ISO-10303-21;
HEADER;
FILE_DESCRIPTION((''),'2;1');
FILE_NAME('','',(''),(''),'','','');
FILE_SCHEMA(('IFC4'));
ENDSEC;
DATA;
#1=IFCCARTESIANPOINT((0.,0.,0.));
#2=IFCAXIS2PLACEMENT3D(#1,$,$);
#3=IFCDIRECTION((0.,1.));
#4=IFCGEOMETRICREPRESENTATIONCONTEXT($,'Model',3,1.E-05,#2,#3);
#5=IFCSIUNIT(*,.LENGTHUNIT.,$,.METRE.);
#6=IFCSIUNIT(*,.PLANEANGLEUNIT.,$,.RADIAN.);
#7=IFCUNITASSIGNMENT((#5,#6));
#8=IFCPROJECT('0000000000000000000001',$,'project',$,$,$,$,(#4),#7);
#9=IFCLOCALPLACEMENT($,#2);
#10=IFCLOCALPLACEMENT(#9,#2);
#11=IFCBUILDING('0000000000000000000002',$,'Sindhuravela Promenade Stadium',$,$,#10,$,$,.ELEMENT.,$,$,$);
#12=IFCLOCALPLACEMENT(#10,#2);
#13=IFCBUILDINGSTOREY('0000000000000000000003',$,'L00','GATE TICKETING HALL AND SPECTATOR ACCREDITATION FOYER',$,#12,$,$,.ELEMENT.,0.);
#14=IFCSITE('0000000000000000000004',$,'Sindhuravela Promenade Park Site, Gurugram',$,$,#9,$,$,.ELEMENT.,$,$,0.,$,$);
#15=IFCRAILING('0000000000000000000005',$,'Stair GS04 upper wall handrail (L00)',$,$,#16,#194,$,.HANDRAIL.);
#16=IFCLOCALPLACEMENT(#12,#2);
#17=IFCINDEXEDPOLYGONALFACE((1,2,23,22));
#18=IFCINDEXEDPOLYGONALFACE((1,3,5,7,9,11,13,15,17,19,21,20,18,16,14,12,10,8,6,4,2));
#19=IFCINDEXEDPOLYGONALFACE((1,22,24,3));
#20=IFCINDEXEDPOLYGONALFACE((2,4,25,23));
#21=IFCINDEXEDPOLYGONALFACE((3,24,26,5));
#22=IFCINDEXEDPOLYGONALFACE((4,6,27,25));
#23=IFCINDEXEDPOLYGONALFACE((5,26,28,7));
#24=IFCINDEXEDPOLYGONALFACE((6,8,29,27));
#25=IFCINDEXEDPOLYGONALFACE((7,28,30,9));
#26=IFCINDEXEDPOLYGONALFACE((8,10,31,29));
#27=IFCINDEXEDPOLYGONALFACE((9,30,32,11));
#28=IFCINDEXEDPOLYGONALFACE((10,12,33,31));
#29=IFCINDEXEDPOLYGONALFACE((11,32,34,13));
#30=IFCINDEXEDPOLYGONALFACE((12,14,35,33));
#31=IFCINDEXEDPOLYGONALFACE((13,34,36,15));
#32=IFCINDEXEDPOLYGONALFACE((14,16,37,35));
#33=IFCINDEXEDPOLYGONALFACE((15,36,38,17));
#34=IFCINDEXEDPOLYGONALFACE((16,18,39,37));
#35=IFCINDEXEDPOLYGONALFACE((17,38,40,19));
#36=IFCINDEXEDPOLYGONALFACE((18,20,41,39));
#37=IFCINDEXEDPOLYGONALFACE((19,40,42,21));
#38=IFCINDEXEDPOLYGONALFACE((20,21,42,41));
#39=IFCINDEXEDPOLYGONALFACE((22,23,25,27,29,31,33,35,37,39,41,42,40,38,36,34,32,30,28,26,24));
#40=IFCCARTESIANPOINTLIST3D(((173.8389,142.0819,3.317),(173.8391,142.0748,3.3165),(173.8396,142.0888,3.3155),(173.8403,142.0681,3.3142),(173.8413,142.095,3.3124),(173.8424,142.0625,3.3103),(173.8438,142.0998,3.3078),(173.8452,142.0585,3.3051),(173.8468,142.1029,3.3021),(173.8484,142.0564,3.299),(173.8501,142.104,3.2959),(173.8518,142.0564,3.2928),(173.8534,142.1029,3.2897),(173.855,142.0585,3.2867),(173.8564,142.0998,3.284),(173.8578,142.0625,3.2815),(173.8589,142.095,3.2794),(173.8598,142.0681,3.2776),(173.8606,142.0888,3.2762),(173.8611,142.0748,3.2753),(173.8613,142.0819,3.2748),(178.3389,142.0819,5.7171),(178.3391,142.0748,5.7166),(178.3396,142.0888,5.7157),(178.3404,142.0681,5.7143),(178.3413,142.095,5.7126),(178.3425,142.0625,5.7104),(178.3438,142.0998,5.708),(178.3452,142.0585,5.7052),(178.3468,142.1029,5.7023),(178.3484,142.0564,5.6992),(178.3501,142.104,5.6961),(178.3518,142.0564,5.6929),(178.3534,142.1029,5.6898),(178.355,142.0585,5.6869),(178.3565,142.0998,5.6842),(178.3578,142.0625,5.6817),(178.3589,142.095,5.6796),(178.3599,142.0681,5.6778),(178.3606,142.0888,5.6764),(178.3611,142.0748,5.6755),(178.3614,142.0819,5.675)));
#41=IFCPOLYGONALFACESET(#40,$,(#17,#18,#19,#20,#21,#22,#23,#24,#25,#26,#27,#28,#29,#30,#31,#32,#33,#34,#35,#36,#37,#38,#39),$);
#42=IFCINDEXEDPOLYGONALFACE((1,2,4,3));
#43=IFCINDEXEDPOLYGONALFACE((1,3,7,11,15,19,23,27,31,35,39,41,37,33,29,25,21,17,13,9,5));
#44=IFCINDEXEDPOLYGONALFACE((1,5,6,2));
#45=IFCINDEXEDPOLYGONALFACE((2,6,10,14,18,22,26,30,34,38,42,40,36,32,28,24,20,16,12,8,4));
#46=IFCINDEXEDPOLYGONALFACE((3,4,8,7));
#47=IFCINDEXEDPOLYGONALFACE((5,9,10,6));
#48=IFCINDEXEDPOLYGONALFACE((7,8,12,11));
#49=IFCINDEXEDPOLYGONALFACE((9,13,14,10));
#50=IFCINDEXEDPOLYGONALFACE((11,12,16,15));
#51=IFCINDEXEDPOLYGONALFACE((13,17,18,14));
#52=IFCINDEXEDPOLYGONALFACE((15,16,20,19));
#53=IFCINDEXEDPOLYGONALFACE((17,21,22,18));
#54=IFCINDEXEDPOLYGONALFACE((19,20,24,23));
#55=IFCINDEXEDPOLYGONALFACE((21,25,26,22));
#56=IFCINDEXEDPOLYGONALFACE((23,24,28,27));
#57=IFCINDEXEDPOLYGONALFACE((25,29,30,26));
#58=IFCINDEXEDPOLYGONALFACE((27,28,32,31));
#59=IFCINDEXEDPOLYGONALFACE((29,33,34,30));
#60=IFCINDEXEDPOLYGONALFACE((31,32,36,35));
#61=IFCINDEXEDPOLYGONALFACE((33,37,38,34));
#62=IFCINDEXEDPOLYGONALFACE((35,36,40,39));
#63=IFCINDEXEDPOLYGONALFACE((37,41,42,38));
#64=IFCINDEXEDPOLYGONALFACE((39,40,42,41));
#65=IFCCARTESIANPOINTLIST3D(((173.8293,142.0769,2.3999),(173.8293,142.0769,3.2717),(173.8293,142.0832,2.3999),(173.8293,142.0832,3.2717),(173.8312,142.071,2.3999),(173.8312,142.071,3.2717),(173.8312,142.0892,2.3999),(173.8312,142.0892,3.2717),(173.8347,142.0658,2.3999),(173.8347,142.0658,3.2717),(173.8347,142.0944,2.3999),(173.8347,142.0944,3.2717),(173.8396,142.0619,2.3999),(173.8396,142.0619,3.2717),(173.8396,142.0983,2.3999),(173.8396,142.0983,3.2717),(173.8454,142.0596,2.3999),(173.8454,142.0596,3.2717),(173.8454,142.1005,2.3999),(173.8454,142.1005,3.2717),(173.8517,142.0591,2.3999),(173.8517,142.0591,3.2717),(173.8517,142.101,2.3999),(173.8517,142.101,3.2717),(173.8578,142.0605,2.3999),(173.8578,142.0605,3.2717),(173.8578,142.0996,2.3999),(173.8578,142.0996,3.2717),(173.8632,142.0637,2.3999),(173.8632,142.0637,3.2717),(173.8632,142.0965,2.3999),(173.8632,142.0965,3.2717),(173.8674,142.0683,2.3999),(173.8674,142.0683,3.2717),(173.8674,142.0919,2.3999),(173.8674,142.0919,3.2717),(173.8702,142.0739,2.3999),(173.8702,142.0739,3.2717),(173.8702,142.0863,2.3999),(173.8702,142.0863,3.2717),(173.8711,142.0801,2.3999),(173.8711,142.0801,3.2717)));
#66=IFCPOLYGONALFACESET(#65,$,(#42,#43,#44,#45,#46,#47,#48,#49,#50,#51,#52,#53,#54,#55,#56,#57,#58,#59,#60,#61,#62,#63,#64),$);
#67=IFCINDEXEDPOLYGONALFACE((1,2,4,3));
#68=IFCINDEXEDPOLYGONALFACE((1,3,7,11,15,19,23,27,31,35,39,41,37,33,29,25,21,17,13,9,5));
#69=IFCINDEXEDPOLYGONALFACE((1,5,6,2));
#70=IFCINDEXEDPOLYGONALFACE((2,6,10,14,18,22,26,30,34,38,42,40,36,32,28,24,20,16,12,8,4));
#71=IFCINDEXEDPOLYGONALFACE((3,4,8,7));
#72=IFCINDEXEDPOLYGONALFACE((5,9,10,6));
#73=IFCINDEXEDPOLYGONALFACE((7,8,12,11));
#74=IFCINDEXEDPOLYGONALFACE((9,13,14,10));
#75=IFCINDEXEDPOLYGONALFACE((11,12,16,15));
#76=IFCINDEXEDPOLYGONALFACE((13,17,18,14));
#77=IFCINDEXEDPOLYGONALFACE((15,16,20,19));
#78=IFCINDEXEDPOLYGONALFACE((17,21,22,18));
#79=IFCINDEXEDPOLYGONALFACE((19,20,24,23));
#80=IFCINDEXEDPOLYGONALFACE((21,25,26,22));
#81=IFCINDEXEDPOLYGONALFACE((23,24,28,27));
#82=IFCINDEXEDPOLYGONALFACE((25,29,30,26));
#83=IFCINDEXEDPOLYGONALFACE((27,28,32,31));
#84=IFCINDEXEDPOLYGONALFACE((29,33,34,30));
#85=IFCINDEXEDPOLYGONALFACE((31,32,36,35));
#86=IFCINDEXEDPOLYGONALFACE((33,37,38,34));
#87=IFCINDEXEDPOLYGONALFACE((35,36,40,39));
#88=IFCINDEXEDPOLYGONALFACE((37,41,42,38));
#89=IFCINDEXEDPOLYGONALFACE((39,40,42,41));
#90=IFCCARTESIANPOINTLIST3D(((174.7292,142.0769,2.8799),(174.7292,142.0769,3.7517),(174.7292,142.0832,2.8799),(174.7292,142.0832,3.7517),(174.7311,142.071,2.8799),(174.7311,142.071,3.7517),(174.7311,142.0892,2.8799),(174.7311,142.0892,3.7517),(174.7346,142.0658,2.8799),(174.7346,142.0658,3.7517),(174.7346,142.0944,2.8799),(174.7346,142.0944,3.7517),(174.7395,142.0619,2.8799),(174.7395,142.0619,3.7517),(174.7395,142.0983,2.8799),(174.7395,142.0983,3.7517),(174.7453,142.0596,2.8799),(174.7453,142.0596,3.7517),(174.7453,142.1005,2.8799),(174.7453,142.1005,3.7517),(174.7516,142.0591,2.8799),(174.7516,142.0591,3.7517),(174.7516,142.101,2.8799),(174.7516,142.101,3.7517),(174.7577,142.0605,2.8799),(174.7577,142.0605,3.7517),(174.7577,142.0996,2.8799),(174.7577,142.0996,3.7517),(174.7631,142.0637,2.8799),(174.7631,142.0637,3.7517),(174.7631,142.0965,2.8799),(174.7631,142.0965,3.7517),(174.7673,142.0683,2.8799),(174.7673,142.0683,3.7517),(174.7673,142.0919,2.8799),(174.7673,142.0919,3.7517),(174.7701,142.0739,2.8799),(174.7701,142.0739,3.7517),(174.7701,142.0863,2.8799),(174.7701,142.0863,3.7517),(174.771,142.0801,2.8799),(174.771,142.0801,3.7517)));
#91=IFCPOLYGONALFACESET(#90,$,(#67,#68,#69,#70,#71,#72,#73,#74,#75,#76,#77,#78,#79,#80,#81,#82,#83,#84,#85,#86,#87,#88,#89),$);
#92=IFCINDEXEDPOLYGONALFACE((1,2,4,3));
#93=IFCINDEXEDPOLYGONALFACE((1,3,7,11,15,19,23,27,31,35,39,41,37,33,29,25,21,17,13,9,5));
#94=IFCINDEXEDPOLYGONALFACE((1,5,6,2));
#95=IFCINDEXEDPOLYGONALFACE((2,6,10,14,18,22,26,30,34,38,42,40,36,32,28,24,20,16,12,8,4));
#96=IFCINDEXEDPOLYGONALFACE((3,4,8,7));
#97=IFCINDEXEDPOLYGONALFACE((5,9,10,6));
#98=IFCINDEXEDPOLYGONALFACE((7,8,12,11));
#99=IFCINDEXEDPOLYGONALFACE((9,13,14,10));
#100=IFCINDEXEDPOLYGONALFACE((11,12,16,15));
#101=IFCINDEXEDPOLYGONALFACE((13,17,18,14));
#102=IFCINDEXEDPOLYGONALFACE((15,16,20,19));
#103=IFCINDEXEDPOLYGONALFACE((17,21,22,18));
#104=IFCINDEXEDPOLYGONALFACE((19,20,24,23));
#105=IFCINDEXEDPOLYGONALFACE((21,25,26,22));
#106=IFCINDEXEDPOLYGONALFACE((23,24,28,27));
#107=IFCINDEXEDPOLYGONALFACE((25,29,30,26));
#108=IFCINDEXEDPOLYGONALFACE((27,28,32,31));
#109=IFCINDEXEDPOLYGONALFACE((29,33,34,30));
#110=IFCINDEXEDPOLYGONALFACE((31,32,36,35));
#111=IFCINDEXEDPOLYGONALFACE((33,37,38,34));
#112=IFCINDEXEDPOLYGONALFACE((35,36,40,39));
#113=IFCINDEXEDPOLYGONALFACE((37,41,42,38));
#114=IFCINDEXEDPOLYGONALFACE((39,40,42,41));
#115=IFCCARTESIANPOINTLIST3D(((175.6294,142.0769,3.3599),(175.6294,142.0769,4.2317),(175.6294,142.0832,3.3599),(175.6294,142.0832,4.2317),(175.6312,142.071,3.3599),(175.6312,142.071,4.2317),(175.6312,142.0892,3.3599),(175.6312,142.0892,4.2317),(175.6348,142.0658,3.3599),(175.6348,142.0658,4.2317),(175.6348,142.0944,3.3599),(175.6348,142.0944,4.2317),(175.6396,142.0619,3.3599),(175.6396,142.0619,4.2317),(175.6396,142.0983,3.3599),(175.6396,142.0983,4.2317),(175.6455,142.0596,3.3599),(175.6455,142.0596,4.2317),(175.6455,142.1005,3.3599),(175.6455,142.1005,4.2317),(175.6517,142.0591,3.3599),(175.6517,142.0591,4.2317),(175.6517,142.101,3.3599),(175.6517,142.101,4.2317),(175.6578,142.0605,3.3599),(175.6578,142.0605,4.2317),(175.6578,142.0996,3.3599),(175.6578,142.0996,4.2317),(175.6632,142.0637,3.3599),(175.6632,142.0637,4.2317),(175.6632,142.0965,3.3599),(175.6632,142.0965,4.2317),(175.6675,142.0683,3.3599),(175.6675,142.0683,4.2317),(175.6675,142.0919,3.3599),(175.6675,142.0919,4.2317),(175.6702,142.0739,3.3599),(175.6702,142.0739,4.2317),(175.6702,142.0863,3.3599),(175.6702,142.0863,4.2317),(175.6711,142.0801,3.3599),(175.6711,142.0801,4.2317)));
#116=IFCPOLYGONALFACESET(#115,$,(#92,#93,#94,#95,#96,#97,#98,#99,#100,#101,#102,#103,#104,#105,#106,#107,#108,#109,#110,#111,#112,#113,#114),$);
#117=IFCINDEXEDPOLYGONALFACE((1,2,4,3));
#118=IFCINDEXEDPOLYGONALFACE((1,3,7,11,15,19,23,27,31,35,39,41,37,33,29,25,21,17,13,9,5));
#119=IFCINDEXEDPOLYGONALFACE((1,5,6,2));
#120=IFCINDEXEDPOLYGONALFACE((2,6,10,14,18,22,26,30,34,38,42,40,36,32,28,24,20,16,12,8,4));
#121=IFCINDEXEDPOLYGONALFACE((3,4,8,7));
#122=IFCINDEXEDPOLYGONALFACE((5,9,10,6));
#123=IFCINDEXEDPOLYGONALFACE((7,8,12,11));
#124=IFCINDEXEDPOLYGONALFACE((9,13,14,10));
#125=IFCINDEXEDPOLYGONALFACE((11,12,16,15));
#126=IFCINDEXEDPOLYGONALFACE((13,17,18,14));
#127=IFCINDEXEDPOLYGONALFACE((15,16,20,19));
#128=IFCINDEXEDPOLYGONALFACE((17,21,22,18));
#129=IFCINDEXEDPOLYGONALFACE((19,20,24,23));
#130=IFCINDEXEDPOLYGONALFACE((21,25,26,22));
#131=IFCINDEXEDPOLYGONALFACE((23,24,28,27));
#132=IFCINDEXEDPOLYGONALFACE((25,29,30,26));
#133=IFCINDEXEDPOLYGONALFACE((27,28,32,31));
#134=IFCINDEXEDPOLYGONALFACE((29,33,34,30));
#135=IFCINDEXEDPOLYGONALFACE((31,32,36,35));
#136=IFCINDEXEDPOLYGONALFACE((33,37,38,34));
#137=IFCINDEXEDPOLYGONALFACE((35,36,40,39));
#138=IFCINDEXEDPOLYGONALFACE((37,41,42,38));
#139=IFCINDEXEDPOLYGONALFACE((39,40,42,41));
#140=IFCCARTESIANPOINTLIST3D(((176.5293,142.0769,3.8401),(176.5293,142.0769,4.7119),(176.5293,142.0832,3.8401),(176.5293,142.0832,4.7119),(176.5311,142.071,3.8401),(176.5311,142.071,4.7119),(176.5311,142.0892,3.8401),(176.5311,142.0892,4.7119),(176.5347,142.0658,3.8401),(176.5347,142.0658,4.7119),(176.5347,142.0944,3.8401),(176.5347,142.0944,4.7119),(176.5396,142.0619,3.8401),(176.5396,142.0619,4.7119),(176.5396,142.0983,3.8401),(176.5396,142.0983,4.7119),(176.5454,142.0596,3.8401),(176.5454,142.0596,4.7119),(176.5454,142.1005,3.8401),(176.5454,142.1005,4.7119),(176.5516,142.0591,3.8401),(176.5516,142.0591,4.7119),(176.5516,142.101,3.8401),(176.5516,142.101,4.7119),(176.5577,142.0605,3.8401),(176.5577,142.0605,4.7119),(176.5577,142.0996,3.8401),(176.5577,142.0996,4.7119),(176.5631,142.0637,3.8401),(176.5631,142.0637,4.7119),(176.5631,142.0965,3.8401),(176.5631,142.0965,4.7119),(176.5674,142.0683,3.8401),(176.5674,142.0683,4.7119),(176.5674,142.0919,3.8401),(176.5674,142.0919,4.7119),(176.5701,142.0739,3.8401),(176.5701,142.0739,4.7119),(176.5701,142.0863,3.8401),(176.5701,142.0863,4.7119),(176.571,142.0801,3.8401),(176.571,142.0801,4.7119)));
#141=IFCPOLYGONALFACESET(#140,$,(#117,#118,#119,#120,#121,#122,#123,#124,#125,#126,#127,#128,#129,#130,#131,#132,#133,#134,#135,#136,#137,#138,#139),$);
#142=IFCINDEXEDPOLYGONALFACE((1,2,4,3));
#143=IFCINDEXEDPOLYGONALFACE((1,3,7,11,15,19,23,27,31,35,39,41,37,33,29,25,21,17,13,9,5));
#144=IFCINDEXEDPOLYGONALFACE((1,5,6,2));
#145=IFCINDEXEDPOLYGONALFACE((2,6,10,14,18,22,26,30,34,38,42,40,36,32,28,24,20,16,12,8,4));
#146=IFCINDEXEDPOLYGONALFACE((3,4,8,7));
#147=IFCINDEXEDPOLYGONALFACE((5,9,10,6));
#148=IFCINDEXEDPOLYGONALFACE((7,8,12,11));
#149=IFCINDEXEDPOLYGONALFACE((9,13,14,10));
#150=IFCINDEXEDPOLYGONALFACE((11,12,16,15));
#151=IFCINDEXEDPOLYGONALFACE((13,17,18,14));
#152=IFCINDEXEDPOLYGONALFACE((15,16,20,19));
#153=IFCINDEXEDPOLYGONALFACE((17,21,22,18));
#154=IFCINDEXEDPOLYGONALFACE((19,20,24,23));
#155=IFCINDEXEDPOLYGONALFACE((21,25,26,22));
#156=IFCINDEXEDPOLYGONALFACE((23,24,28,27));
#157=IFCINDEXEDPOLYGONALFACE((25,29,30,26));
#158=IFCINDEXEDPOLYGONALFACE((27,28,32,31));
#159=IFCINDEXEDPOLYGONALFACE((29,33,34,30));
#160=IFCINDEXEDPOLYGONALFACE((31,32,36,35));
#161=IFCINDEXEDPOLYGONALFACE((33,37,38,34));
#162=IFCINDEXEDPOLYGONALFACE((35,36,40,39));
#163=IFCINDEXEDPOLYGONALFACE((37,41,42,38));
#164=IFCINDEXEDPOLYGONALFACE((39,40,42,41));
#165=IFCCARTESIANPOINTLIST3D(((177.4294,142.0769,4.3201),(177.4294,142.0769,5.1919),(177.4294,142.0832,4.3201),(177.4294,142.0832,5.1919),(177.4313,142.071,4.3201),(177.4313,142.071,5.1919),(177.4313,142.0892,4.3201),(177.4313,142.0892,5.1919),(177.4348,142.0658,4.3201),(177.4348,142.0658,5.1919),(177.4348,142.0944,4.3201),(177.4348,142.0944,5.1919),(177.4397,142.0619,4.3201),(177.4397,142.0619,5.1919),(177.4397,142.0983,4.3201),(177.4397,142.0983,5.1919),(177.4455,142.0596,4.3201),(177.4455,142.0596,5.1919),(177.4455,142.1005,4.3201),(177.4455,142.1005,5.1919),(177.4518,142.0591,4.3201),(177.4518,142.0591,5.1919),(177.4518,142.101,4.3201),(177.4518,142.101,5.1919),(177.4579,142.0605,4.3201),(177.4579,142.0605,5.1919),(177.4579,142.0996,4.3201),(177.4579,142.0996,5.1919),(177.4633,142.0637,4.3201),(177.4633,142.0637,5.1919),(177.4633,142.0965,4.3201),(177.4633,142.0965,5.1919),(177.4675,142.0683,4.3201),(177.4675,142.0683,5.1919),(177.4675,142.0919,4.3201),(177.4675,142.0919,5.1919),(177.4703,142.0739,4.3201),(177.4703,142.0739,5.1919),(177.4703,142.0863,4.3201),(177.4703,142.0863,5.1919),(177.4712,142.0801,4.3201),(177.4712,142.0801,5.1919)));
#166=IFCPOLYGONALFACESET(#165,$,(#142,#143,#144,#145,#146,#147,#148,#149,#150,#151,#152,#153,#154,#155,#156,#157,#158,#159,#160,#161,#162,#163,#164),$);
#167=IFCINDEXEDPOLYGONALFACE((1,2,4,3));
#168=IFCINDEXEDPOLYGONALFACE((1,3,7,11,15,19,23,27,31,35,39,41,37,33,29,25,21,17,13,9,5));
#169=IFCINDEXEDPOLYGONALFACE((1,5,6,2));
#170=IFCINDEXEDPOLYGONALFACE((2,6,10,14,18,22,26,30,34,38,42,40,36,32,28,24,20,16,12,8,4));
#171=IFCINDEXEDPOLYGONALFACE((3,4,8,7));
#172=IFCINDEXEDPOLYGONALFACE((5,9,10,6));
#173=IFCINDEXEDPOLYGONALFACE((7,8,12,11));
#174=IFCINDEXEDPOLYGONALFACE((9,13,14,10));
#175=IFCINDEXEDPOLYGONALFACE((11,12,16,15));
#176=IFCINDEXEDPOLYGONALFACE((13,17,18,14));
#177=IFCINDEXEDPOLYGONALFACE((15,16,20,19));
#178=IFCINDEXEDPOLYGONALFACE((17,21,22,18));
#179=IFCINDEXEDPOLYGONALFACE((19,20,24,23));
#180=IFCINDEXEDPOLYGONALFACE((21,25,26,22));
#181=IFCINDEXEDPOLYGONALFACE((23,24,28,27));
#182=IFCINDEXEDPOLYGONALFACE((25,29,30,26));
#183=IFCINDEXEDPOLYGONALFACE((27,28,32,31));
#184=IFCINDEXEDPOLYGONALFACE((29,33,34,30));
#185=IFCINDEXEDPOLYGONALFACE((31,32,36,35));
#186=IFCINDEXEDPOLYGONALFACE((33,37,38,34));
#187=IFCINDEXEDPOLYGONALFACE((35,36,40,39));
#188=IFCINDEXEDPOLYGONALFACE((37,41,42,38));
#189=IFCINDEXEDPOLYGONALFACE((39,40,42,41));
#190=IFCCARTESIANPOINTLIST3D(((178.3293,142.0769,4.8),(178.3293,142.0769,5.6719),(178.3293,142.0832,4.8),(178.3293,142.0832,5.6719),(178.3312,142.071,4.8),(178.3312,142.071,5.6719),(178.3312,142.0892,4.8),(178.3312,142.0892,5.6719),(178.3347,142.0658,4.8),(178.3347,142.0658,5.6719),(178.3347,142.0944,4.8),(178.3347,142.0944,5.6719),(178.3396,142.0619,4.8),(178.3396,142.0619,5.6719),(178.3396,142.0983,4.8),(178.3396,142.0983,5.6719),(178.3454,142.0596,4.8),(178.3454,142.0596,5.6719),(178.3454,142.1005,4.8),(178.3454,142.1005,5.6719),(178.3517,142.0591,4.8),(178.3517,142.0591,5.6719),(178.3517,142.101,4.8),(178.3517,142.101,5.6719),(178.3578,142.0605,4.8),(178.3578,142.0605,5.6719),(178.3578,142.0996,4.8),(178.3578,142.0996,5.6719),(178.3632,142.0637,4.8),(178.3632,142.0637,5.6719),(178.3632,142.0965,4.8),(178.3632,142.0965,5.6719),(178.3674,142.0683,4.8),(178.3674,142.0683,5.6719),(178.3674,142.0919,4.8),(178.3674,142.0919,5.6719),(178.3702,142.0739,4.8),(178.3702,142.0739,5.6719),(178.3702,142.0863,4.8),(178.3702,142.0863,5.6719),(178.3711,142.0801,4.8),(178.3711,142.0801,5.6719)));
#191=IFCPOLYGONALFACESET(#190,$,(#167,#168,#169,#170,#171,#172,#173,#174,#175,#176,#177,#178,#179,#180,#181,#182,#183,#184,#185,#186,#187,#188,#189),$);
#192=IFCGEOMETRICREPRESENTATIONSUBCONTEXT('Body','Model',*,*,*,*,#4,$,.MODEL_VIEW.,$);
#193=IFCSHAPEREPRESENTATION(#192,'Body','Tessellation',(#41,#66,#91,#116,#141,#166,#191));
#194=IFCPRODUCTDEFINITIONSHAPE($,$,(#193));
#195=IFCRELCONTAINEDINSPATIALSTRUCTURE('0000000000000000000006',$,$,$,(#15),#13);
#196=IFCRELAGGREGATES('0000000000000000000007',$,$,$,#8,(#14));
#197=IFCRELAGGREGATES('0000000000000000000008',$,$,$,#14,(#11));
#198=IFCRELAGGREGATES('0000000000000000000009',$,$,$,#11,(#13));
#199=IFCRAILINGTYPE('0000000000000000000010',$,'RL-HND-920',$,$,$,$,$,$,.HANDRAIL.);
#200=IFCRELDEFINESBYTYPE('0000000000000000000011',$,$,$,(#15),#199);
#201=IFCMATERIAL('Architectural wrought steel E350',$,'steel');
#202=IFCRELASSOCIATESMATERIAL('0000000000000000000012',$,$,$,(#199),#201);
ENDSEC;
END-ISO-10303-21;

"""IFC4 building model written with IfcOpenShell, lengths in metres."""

from ifc_helpers import new_model, si_unit, direction, frame, origin, origin_2d, place, context, subcontext, project, spatial, circle, extrude, material, type_object, element, save


model = new_model("IFC4")

# Units and contexts
model_context = context("Model", 3, precision=1e-05, world=origin(), true_north=direction((0.0, 1.0)))
body_context = subcontext(model_context, "Body", "Model", "MODEL_VIEW")
ifc_project = project(units=[si_unit("LENGTHUNIT", "METRE"), si_unit("PLANEANGLEUNIT", "RADIAN")], contexts=[model_context])

# Site, building, storey
site_placement = place(None, origin())
site = spatial("IfcSite", under=ifc_project, at=site_placement, Name="Sindhuravela Promenade Park Site, Gurugram", CompositionType="ELEMENT", RefElevation=0.0)
building_placement = place(site_placement, origin())
building = spatial("IfcBuilding", under=site, at=building_placement, Name="Sindhuravela Promenade Stadium", CompositionType="ELEMENT")
storey_placement = place(building_placement, origin())
storey = spatial("IfcBuildingStorey", under=building, at=storey_placement, Name="L00", Description="GATE TICKETING HALL AND SPECTATOR ACCREDITATION FOYER", CompositionType="ELEMENT", Elevation=0.0)

# Railing
ifc_material_1 = material(Name="Architectural wrought steel E350", Category="steel")
railing_type = type_object("IfcRailingType", Name="RL-HND-920", PredefinedType="HANDRAIL", material=ifc_material_1)
railing_placement = place(storey_placement, frame((173.8501, 142.0801, 2.3999)))
element("IfcRailing", 1, at=railing_placement, inside=storey, type_object=railing_type, Name="Stair GS04 upper wall handrail (L00)", PredefinedType="HANDRAIL", context=body_context, shape_type="SweptSolid", body=[
    extrude(circle(Radius=0.0239, at=origin_2d()), frame((0.0, 0.0, 0.896), z_axis=(0.882341, 0.0, 0.470611), x_axis=(0.0, 1.0, 0.0)), (0.0, 0.0, 1.0), 5.1001),
    extrude(circle(Radius=0.021, at=origin_2d()), origin(), (0.0, 0.0, 1.0), 0.8718),
    extrude(circle(Radius=0.021, at=origin_2d()), frame((0.8999, 0.0, 0.48)), (0.0, 0.0, 1.0), 0.8718),
    extrude(circle(Radius=0.021, at=origin_2d()), frame((1.8, 0.0, 0.96)), (0.0, 0.0, 1.0), 0.8718),
    extrude(circle(Radius=0.021, at=origin_2d()), frame((2.7, 0.0, 1.4402)), (0.0, 0.0, 1.0), 0.8718),
    extrude(circle(Radius=0.021, at=origin_2d()), frame((3.6001, 0.0, 1.9202)), (0.0, 0.0, 1.0), 0.8718),
    extrude(circle(Radius=0.021, at=origin_2d()), frame((4.5, 0.0, 2.4001)), (0.0, 0.0, 1.0), 0.8718),
])

save(model, "model.ifc")
